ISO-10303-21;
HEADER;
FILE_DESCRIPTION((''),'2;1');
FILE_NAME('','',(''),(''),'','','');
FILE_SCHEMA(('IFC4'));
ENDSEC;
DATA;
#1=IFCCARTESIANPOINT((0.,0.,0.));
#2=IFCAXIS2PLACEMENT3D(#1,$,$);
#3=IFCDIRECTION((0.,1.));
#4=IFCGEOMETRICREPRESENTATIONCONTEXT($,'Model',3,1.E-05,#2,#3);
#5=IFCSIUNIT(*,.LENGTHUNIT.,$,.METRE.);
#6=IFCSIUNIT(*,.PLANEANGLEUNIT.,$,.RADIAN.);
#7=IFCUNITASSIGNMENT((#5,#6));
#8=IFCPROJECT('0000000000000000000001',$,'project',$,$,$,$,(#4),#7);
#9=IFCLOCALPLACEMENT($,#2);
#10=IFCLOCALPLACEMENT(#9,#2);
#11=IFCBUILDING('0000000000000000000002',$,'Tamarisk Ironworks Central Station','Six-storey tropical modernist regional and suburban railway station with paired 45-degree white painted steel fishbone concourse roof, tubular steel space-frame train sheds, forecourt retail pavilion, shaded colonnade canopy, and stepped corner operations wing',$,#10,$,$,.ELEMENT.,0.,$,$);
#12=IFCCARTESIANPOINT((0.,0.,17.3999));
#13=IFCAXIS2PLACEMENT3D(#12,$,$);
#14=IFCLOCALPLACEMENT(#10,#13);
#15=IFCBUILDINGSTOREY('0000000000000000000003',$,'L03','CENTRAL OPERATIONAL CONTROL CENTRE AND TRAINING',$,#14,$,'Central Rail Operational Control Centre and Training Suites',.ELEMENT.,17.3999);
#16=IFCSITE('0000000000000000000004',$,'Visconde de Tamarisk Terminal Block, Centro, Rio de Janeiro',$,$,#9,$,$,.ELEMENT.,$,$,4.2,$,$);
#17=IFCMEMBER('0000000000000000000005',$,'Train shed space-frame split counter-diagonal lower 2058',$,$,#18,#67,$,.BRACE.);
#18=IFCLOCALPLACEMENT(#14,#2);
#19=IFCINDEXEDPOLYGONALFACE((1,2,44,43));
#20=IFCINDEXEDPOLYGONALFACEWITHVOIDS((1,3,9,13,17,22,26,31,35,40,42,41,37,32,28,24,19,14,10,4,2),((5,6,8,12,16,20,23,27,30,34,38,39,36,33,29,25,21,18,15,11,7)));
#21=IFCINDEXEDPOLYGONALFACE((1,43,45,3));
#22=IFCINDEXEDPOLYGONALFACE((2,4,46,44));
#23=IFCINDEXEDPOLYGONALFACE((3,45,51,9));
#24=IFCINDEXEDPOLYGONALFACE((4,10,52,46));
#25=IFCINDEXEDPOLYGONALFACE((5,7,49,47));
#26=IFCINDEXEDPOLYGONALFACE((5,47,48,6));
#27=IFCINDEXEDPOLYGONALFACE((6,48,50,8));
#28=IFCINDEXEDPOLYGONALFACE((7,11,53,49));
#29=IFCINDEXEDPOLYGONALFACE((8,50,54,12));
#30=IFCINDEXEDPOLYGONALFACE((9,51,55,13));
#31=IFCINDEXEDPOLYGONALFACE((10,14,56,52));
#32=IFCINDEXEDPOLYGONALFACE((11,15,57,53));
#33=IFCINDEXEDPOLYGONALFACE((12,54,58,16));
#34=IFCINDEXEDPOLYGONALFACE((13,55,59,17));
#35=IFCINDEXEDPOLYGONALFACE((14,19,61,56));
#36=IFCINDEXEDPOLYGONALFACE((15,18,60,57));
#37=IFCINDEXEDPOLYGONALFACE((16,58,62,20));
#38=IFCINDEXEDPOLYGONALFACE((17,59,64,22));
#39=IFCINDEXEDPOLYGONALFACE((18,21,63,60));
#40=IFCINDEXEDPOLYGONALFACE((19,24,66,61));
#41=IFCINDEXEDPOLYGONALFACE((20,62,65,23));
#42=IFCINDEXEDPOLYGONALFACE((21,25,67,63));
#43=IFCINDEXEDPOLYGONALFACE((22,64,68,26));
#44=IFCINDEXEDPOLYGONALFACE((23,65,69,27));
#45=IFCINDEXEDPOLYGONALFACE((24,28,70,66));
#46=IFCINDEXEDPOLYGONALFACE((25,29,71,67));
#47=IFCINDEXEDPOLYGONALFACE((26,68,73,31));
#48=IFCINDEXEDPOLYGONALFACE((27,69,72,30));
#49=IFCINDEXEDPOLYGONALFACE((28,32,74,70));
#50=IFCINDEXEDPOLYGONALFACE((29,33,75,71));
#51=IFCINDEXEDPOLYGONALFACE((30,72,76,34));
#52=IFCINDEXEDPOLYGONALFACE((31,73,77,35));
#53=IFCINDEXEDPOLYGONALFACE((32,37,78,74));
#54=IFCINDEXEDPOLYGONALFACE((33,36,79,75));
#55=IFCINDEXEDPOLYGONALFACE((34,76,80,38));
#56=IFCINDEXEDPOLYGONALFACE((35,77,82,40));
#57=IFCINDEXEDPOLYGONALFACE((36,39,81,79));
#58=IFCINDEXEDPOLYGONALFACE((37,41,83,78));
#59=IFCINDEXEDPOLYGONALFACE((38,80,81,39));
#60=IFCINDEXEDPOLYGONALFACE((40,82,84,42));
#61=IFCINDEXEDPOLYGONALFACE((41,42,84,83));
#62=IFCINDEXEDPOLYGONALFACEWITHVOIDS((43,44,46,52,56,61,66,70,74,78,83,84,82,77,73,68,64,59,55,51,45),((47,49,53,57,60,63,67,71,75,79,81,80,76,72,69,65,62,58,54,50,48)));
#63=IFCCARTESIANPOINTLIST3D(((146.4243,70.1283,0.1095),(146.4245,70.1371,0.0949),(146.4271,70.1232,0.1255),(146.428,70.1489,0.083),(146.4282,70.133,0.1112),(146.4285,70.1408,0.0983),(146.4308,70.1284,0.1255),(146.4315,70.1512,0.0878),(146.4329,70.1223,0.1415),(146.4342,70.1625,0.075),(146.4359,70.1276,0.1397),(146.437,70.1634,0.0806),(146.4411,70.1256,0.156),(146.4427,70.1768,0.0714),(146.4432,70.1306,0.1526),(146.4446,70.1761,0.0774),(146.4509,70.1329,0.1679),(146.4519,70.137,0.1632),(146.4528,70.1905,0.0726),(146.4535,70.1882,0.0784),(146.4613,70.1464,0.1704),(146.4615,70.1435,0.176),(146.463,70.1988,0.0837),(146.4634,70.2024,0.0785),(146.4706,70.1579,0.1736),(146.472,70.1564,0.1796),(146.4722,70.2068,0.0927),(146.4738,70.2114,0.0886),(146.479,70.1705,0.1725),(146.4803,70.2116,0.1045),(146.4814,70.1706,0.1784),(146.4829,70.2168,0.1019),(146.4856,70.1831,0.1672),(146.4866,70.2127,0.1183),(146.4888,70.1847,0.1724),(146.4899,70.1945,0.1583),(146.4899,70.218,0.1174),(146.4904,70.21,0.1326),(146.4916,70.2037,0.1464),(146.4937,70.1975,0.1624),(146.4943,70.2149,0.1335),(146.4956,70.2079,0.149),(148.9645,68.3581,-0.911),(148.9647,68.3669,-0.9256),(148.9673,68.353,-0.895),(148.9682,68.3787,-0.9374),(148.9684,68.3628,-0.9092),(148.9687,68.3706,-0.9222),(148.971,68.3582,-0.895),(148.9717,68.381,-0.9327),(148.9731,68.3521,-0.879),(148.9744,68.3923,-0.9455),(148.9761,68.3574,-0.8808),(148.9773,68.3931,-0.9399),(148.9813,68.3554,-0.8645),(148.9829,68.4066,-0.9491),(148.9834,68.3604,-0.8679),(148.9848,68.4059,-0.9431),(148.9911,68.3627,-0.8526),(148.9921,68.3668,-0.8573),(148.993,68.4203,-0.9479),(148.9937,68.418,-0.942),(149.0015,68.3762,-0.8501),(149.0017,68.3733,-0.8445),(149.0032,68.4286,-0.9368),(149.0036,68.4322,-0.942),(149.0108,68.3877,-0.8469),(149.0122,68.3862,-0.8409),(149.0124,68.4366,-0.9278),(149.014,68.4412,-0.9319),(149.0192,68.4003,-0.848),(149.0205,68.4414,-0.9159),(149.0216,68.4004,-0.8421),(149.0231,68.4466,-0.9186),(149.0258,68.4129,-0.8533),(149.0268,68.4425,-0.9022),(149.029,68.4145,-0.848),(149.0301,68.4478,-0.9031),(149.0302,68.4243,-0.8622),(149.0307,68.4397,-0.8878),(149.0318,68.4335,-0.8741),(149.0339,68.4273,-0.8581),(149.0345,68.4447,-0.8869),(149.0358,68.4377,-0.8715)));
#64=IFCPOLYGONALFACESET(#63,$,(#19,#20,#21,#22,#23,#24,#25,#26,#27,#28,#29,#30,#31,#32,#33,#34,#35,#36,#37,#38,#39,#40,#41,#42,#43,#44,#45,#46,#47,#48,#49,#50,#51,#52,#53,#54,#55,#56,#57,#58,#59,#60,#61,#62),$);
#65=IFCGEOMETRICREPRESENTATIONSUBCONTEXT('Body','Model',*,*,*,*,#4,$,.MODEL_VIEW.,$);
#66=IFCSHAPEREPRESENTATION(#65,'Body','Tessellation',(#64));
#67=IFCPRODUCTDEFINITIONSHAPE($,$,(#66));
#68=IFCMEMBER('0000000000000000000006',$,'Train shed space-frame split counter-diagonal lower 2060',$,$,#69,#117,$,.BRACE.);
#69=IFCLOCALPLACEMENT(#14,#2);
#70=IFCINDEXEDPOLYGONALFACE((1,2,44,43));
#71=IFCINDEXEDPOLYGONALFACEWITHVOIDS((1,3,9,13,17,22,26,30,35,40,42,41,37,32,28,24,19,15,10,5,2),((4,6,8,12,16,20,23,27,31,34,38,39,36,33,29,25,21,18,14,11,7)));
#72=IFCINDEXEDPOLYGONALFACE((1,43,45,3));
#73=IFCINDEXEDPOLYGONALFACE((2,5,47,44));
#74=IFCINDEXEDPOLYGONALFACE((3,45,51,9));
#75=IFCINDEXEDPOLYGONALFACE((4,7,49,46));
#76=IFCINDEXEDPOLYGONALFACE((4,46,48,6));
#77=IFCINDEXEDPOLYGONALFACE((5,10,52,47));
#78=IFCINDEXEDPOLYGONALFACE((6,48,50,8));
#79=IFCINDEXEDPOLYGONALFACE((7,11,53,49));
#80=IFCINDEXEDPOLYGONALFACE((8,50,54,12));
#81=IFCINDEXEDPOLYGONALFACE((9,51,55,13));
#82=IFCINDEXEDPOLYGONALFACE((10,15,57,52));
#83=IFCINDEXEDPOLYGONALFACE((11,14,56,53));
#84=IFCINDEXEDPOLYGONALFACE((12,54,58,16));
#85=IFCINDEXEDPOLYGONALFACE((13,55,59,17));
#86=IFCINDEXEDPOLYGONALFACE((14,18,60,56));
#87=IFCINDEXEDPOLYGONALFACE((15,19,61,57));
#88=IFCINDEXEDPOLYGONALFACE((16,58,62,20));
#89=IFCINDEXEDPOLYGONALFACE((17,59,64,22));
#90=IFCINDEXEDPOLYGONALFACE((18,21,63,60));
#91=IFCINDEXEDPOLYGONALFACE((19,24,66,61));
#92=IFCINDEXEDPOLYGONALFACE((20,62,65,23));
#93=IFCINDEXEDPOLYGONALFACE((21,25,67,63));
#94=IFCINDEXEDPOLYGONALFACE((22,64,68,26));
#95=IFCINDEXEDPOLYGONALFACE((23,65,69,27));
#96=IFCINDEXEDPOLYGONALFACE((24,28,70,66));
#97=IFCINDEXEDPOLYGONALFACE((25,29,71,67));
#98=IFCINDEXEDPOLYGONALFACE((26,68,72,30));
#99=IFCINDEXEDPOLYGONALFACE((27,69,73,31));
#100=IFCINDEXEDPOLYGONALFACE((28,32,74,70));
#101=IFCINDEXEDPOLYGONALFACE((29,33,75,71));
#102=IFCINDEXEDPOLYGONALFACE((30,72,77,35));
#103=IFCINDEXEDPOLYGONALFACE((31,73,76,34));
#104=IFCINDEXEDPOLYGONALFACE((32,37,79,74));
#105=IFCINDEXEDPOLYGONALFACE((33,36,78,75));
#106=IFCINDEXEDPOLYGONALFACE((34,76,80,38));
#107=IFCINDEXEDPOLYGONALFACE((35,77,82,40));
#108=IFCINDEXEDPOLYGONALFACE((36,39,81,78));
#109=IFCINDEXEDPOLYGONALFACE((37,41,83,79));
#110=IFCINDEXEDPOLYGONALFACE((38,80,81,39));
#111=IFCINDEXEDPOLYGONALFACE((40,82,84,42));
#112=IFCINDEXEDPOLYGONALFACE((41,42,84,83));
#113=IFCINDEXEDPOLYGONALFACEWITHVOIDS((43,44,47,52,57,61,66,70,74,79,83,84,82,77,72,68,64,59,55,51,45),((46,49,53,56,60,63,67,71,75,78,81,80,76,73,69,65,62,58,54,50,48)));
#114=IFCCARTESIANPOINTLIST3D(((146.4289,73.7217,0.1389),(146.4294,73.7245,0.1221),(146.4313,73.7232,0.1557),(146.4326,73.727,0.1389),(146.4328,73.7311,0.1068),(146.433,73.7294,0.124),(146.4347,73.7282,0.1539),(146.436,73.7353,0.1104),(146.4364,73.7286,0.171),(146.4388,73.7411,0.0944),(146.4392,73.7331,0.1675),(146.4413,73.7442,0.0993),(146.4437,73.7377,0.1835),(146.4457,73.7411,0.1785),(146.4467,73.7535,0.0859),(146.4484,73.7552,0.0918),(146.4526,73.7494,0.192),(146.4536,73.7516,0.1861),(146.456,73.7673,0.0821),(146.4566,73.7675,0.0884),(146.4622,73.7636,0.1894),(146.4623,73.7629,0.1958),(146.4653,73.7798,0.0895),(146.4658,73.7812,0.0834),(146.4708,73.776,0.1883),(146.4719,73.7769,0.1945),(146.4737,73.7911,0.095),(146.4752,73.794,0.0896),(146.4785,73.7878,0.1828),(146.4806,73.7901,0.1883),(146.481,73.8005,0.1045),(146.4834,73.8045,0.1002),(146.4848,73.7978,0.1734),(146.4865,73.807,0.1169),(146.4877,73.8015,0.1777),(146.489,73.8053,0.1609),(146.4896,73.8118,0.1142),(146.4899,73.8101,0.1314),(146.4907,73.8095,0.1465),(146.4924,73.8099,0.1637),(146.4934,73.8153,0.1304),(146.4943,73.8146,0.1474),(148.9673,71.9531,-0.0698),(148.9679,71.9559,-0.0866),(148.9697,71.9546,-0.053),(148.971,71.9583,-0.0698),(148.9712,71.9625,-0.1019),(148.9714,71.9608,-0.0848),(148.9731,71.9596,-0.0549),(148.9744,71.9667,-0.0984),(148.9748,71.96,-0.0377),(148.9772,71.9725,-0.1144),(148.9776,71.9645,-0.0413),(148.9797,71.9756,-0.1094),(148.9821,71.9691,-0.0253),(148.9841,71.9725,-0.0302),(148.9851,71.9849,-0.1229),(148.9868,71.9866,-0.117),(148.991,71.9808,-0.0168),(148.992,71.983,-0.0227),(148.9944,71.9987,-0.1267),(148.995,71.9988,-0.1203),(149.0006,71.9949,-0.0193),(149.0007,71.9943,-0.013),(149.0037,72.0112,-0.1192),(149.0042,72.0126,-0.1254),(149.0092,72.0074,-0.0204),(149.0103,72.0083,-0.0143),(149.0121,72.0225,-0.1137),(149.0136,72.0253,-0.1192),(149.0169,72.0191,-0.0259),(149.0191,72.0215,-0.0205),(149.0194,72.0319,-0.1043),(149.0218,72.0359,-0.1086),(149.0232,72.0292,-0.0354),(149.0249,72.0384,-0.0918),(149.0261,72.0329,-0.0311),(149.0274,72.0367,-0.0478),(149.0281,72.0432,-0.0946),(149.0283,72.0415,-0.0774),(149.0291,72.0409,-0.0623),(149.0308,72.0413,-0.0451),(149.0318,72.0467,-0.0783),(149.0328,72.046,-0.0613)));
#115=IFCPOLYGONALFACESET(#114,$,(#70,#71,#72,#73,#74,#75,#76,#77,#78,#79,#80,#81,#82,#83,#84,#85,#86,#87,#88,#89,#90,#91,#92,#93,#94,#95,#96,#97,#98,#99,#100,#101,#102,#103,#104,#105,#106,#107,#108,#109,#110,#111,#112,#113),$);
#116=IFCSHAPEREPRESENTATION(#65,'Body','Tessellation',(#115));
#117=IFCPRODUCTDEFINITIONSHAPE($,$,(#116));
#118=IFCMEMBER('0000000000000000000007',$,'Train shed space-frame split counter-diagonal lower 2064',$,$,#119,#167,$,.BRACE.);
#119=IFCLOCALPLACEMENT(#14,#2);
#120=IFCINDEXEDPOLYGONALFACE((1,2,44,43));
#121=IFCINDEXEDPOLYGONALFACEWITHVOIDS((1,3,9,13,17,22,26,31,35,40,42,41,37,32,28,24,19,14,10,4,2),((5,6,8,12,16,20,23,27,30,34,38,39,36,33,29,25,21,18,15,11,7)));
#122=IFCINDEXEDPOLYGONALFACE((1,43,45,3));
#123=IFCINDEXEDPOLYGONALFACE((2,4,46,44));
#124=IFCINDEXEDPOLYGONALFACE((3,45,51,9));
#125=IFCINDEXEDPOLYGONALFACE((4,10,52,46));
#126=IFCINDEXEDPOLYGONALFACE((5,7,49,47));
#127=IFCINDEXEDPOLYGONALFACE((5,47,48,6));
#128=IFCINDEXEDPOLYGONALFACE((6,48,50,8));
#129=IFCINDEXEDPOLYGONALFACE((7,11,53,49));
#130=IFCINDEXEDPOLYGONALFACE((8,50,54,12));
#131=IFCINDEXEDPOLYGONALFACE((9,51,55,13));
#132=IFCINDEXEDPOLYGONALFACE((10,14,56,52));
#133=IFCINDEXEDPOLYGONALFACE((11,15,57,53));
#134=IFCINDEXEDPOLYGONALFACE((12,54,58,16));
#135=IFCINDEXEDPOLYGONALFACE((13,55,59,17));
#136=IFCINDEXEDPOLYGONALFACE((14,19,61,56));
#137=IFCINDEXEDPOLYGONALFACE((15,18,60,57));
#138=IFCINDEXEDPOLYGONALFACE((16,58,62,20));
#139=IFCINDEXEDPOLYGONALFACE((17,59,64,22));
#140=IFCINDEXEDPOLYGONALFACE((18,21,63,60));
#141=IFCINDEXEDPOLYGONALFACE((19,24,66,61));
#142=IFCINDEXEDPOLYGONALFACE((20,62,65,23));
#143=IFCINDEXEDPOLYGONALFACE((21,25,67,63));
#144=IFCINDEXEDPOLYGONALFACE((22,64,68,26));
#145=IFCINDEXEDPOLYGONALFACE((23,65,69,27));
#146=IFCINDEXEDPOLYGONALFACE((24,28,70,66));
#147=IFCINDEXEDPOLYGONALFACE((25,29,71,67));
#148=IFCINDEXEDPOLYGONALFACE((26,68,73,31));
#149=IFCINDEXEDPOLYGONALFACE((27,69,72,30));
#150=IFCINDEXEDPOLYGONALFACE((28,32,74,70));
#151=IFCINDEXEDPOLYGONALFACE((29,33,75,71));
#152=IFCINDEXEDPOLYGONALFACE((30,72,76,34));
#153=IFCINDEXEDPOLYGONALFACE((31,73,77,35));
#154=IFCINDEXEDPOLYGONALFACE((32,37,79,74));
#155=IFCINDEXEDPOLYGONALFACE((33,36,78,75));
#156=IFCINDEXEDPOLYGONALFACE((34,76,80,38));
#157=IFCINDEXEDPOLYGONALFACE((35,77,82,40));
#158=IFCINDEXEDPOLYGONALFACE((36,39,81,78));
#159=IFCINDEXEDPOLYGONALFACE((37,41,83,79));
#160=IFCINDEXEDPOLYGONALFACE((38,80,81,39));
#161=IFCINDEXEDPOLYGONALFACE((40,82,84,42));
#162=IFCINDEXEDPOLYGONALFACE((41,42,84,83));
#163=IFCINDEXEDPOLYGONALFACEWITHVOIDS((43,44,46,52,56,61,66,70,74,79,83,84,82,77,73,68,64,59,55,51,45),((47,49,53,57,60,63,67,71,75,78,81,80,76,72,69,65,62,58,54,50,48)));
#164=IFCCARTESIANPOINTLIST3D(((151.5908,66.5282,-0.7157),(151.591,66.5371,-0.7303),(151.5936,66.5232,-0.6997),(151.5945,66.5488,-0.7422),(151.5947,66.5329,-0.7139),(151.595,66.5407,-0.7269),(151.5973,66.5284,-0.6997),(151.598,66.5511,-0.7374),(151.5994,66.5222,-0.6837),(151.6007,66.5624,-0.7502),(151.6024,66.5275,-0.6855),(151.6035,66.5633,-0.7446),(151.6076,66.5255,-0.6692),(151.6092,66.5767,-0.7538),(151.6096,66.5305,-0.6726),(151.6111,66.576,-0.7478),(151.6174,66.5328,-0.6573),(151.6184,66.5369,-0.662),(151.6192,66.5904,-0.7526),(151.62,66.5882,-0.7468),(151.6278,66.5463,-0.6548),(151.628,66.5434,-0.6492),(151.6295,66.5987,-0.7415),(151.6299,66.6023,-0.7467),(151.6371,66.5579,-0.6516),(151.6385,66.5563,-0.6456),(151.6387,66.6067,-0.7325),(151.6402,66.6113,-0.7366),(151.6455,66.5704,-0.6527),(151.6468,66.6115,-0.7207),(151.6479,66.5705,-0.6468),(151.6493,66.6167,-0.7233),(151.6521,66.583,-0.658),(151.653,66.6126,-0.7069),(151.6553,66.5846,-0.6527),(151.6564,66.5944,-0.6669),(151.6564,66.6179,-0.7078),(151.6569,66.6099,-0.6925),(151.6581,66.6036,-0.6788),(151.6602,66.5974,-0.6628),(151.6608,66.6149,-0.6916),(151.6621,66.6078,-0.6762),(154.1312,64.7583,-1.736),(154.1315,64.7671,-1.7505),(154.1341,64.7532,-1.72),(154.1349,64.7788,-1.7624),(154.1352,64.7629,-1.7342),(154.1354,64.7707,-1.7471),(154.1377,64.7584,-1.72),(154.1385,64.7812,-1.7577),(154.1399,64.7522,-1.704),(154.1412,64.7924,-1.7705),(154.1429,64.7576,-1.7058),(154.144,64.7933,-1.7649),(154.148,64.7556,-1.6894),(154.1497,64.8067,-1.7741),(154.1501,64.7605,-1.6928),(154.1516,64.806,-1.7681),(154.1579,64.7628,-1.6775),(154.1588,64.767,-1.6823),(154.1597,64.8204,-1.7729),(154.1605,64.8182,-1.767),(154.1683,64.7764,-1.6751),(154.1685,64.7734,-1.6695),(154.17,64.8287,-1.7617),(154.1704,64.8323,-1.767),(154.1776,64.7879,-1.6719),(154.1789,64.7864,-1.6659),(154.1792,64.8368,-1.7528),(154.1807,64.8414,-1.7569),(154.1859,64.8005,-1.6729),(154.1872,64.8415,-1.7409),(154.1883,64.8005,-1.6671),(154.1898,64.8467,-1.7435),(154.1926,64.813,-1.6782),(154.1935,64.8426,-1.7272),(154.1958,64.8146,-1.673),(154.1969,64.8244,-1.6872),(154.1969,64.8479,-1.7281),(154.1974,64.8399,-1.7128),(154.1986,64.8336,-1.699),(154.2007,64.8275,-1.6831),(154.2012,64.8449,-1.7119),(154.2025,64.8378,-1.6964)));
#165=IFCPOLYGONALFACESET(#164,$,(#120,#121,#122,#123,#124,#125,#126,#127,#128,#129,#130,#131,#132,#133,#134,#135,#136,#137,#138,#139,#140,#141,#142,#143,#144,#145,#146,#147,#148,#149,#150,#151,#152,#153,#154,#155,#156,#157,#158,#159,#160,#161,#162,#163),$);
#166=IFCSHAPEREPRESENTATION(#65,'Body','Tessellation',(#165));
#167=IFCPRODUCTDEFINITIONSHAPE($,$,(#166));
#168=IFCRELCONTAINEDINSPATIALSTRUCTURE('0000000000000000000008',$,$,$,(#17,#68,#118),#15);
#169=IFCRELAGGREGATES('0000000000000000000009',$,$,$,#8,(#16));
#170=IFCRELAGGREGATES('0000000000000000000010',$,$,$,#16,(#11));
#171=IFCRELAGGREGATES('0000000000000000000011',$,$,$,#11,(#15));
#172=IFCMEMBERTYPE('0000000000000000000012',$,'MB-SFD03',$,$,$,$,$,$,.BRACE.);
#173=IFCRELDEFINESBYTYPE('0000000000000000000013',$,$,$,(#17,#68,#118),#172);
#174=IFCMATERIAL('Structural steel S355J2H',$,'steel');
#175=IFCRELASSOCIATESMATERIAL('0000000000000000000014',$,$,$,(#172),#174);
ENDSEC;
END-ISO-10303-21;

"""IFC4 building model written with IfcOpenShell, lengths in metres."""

from ifc_helpers import new_model, si_unit, direction, frame, origin, origin_2d, place, context, subcontext, project, spatial, hollow_circle, extrude, material, material_profile, profile_set, type_object, element, save


model = new_model("IFC4")

# Units and contexts
model_context = context("Model", 3, precision=1e-05, world=origin(), true_north=direction((0.0, 1.0)))
body_context = subcontext(model_context, "Body", "Model", "MODEL_VIEW")
ifc_project = project(units=[si_unit("LENGTHUNIT", "METRE"), si_unit("PLANEANGLEUNIT", "RADIAN")], contexts=[model_context])

# Site, building, storey
site_placement = place(None, origin())
site = spatial("IfcSite", under=ifc_project, at=site_placement, Name="Visconde de Tamarisk Terminal Block, Centro, Rio de Janeiro", CompositionType="ELEMENT", RefElevation=4.2)
building_placement = place(site_placement, origin())
building = spatial("IfcBuilding", under=site, at=building_placement, Name="Tamarisk Ironworks Central Station", Description="Six-storey tropical modernist regional and suburban railway station with paired 45-degree white painted steel fishbone concourse roof, tubular steel space-frame train sheds, forecourt retail pavilion, shaded colonnade canopy, and stepped corner operations wing", CompositionType="ELEMENT", ElevationOfRefHeight=0.0)
storey_placement = place(building_placement, frame((0.0, 0.0, 17.3999)))
storey = spatial("IfcBuildingStorey", under=building, at=storey_placement, Name="L03", Description="CENTRAL OPERATIONAL CONTROL CENTRE AND TRAINING", LongName="Central Rail Operational Control Centre and Training Suites", CompositionType="ELEMENT", Elevation=17.3999)

# Members
ifc_material_1 = material(Name="Structural steel S355J2H", Category="steel")
ifc_material_profile_1 = material_profile(ifc_material_1, hollow_circle(Radius=0.0571, WallThickness=0.0063, at=origin_2d()), Name="CHS 114.3x6.3")
ifc_profile_set_1 = profile_set([ifc_material_profile_1], Name="Structural steel S355J2H")
member_type_1 = type_object("IfcMemberType", Name="MB-SFD03", PredefinedType="BRACE", material=ifc_profile_set_1)
member_1_placement = place(storey_placement, frame((149.0, 68.3999, -0.895), z_axis=(-0.779202, 0.543008, 0.313029), x_axis=(-0.571741, -0.820434, 0.0)))
element("IfcMember", 1, at=member_1_placement, inside=storey, type_object=member_type_1, Name="Train shed space-frame split counter-diagonal lower 2058", PredefinedType="BRACE", context=body_context, shape_type="SweptSolid", body=[
    extrude(hollow_circle(Radius=0.0571, WallThickness=0.0063, at=origin_2d()), origin(), (0.0, 0.0, 1.0), 3.26),
])
member_2_placement = place(storey_placement, frame((149.0, 72.0, -0.0698), z_axis=(-0.818625, 0.570369, 0.06732), x_axis=(-0.571666, -0.820487, 0.0)))
element("IfcMember", 2, at=member_2_placement, inside=storey, type_object=member_type_1, Name="Train shed space-frame split counter-diagonal lower 2060", PredefinedType="BRACE", context=body_context, shape_type="SweptSolid", body=[
    extrude(hollow_circle(Radius=0.0571, WallThickness=0.0063, at=origin_2d()), origin(), (0.0, 0.0, 1.0), 3.1008),
])
for number, where, z_axis, x_axis, name in (
    (3, (154.1667, 64.8, -1.72), (-0.779281, 0.542936, 0.312956), (-0.571651, -0.820497, 0.0), "Train shed space-frame split counter-diagonal lower 2064"),
):
    element("IfcMember", number, at=place(storey_placement, frame(where, z_axis=z_axis, x_axis=x_axis)), inside=storey, type_object=member_type_1, Name=name, PredefinedType="BRACE", context=body_context, shape_type="SweptSolid", body=[
        extrude(hollow_circle(Radius=0.0571, WallThickness=0.0063, at=origin_2d()), origin(), (0.0, 0.0, 1.0), 3.26),
    ])

save(model, "model.ifc")
